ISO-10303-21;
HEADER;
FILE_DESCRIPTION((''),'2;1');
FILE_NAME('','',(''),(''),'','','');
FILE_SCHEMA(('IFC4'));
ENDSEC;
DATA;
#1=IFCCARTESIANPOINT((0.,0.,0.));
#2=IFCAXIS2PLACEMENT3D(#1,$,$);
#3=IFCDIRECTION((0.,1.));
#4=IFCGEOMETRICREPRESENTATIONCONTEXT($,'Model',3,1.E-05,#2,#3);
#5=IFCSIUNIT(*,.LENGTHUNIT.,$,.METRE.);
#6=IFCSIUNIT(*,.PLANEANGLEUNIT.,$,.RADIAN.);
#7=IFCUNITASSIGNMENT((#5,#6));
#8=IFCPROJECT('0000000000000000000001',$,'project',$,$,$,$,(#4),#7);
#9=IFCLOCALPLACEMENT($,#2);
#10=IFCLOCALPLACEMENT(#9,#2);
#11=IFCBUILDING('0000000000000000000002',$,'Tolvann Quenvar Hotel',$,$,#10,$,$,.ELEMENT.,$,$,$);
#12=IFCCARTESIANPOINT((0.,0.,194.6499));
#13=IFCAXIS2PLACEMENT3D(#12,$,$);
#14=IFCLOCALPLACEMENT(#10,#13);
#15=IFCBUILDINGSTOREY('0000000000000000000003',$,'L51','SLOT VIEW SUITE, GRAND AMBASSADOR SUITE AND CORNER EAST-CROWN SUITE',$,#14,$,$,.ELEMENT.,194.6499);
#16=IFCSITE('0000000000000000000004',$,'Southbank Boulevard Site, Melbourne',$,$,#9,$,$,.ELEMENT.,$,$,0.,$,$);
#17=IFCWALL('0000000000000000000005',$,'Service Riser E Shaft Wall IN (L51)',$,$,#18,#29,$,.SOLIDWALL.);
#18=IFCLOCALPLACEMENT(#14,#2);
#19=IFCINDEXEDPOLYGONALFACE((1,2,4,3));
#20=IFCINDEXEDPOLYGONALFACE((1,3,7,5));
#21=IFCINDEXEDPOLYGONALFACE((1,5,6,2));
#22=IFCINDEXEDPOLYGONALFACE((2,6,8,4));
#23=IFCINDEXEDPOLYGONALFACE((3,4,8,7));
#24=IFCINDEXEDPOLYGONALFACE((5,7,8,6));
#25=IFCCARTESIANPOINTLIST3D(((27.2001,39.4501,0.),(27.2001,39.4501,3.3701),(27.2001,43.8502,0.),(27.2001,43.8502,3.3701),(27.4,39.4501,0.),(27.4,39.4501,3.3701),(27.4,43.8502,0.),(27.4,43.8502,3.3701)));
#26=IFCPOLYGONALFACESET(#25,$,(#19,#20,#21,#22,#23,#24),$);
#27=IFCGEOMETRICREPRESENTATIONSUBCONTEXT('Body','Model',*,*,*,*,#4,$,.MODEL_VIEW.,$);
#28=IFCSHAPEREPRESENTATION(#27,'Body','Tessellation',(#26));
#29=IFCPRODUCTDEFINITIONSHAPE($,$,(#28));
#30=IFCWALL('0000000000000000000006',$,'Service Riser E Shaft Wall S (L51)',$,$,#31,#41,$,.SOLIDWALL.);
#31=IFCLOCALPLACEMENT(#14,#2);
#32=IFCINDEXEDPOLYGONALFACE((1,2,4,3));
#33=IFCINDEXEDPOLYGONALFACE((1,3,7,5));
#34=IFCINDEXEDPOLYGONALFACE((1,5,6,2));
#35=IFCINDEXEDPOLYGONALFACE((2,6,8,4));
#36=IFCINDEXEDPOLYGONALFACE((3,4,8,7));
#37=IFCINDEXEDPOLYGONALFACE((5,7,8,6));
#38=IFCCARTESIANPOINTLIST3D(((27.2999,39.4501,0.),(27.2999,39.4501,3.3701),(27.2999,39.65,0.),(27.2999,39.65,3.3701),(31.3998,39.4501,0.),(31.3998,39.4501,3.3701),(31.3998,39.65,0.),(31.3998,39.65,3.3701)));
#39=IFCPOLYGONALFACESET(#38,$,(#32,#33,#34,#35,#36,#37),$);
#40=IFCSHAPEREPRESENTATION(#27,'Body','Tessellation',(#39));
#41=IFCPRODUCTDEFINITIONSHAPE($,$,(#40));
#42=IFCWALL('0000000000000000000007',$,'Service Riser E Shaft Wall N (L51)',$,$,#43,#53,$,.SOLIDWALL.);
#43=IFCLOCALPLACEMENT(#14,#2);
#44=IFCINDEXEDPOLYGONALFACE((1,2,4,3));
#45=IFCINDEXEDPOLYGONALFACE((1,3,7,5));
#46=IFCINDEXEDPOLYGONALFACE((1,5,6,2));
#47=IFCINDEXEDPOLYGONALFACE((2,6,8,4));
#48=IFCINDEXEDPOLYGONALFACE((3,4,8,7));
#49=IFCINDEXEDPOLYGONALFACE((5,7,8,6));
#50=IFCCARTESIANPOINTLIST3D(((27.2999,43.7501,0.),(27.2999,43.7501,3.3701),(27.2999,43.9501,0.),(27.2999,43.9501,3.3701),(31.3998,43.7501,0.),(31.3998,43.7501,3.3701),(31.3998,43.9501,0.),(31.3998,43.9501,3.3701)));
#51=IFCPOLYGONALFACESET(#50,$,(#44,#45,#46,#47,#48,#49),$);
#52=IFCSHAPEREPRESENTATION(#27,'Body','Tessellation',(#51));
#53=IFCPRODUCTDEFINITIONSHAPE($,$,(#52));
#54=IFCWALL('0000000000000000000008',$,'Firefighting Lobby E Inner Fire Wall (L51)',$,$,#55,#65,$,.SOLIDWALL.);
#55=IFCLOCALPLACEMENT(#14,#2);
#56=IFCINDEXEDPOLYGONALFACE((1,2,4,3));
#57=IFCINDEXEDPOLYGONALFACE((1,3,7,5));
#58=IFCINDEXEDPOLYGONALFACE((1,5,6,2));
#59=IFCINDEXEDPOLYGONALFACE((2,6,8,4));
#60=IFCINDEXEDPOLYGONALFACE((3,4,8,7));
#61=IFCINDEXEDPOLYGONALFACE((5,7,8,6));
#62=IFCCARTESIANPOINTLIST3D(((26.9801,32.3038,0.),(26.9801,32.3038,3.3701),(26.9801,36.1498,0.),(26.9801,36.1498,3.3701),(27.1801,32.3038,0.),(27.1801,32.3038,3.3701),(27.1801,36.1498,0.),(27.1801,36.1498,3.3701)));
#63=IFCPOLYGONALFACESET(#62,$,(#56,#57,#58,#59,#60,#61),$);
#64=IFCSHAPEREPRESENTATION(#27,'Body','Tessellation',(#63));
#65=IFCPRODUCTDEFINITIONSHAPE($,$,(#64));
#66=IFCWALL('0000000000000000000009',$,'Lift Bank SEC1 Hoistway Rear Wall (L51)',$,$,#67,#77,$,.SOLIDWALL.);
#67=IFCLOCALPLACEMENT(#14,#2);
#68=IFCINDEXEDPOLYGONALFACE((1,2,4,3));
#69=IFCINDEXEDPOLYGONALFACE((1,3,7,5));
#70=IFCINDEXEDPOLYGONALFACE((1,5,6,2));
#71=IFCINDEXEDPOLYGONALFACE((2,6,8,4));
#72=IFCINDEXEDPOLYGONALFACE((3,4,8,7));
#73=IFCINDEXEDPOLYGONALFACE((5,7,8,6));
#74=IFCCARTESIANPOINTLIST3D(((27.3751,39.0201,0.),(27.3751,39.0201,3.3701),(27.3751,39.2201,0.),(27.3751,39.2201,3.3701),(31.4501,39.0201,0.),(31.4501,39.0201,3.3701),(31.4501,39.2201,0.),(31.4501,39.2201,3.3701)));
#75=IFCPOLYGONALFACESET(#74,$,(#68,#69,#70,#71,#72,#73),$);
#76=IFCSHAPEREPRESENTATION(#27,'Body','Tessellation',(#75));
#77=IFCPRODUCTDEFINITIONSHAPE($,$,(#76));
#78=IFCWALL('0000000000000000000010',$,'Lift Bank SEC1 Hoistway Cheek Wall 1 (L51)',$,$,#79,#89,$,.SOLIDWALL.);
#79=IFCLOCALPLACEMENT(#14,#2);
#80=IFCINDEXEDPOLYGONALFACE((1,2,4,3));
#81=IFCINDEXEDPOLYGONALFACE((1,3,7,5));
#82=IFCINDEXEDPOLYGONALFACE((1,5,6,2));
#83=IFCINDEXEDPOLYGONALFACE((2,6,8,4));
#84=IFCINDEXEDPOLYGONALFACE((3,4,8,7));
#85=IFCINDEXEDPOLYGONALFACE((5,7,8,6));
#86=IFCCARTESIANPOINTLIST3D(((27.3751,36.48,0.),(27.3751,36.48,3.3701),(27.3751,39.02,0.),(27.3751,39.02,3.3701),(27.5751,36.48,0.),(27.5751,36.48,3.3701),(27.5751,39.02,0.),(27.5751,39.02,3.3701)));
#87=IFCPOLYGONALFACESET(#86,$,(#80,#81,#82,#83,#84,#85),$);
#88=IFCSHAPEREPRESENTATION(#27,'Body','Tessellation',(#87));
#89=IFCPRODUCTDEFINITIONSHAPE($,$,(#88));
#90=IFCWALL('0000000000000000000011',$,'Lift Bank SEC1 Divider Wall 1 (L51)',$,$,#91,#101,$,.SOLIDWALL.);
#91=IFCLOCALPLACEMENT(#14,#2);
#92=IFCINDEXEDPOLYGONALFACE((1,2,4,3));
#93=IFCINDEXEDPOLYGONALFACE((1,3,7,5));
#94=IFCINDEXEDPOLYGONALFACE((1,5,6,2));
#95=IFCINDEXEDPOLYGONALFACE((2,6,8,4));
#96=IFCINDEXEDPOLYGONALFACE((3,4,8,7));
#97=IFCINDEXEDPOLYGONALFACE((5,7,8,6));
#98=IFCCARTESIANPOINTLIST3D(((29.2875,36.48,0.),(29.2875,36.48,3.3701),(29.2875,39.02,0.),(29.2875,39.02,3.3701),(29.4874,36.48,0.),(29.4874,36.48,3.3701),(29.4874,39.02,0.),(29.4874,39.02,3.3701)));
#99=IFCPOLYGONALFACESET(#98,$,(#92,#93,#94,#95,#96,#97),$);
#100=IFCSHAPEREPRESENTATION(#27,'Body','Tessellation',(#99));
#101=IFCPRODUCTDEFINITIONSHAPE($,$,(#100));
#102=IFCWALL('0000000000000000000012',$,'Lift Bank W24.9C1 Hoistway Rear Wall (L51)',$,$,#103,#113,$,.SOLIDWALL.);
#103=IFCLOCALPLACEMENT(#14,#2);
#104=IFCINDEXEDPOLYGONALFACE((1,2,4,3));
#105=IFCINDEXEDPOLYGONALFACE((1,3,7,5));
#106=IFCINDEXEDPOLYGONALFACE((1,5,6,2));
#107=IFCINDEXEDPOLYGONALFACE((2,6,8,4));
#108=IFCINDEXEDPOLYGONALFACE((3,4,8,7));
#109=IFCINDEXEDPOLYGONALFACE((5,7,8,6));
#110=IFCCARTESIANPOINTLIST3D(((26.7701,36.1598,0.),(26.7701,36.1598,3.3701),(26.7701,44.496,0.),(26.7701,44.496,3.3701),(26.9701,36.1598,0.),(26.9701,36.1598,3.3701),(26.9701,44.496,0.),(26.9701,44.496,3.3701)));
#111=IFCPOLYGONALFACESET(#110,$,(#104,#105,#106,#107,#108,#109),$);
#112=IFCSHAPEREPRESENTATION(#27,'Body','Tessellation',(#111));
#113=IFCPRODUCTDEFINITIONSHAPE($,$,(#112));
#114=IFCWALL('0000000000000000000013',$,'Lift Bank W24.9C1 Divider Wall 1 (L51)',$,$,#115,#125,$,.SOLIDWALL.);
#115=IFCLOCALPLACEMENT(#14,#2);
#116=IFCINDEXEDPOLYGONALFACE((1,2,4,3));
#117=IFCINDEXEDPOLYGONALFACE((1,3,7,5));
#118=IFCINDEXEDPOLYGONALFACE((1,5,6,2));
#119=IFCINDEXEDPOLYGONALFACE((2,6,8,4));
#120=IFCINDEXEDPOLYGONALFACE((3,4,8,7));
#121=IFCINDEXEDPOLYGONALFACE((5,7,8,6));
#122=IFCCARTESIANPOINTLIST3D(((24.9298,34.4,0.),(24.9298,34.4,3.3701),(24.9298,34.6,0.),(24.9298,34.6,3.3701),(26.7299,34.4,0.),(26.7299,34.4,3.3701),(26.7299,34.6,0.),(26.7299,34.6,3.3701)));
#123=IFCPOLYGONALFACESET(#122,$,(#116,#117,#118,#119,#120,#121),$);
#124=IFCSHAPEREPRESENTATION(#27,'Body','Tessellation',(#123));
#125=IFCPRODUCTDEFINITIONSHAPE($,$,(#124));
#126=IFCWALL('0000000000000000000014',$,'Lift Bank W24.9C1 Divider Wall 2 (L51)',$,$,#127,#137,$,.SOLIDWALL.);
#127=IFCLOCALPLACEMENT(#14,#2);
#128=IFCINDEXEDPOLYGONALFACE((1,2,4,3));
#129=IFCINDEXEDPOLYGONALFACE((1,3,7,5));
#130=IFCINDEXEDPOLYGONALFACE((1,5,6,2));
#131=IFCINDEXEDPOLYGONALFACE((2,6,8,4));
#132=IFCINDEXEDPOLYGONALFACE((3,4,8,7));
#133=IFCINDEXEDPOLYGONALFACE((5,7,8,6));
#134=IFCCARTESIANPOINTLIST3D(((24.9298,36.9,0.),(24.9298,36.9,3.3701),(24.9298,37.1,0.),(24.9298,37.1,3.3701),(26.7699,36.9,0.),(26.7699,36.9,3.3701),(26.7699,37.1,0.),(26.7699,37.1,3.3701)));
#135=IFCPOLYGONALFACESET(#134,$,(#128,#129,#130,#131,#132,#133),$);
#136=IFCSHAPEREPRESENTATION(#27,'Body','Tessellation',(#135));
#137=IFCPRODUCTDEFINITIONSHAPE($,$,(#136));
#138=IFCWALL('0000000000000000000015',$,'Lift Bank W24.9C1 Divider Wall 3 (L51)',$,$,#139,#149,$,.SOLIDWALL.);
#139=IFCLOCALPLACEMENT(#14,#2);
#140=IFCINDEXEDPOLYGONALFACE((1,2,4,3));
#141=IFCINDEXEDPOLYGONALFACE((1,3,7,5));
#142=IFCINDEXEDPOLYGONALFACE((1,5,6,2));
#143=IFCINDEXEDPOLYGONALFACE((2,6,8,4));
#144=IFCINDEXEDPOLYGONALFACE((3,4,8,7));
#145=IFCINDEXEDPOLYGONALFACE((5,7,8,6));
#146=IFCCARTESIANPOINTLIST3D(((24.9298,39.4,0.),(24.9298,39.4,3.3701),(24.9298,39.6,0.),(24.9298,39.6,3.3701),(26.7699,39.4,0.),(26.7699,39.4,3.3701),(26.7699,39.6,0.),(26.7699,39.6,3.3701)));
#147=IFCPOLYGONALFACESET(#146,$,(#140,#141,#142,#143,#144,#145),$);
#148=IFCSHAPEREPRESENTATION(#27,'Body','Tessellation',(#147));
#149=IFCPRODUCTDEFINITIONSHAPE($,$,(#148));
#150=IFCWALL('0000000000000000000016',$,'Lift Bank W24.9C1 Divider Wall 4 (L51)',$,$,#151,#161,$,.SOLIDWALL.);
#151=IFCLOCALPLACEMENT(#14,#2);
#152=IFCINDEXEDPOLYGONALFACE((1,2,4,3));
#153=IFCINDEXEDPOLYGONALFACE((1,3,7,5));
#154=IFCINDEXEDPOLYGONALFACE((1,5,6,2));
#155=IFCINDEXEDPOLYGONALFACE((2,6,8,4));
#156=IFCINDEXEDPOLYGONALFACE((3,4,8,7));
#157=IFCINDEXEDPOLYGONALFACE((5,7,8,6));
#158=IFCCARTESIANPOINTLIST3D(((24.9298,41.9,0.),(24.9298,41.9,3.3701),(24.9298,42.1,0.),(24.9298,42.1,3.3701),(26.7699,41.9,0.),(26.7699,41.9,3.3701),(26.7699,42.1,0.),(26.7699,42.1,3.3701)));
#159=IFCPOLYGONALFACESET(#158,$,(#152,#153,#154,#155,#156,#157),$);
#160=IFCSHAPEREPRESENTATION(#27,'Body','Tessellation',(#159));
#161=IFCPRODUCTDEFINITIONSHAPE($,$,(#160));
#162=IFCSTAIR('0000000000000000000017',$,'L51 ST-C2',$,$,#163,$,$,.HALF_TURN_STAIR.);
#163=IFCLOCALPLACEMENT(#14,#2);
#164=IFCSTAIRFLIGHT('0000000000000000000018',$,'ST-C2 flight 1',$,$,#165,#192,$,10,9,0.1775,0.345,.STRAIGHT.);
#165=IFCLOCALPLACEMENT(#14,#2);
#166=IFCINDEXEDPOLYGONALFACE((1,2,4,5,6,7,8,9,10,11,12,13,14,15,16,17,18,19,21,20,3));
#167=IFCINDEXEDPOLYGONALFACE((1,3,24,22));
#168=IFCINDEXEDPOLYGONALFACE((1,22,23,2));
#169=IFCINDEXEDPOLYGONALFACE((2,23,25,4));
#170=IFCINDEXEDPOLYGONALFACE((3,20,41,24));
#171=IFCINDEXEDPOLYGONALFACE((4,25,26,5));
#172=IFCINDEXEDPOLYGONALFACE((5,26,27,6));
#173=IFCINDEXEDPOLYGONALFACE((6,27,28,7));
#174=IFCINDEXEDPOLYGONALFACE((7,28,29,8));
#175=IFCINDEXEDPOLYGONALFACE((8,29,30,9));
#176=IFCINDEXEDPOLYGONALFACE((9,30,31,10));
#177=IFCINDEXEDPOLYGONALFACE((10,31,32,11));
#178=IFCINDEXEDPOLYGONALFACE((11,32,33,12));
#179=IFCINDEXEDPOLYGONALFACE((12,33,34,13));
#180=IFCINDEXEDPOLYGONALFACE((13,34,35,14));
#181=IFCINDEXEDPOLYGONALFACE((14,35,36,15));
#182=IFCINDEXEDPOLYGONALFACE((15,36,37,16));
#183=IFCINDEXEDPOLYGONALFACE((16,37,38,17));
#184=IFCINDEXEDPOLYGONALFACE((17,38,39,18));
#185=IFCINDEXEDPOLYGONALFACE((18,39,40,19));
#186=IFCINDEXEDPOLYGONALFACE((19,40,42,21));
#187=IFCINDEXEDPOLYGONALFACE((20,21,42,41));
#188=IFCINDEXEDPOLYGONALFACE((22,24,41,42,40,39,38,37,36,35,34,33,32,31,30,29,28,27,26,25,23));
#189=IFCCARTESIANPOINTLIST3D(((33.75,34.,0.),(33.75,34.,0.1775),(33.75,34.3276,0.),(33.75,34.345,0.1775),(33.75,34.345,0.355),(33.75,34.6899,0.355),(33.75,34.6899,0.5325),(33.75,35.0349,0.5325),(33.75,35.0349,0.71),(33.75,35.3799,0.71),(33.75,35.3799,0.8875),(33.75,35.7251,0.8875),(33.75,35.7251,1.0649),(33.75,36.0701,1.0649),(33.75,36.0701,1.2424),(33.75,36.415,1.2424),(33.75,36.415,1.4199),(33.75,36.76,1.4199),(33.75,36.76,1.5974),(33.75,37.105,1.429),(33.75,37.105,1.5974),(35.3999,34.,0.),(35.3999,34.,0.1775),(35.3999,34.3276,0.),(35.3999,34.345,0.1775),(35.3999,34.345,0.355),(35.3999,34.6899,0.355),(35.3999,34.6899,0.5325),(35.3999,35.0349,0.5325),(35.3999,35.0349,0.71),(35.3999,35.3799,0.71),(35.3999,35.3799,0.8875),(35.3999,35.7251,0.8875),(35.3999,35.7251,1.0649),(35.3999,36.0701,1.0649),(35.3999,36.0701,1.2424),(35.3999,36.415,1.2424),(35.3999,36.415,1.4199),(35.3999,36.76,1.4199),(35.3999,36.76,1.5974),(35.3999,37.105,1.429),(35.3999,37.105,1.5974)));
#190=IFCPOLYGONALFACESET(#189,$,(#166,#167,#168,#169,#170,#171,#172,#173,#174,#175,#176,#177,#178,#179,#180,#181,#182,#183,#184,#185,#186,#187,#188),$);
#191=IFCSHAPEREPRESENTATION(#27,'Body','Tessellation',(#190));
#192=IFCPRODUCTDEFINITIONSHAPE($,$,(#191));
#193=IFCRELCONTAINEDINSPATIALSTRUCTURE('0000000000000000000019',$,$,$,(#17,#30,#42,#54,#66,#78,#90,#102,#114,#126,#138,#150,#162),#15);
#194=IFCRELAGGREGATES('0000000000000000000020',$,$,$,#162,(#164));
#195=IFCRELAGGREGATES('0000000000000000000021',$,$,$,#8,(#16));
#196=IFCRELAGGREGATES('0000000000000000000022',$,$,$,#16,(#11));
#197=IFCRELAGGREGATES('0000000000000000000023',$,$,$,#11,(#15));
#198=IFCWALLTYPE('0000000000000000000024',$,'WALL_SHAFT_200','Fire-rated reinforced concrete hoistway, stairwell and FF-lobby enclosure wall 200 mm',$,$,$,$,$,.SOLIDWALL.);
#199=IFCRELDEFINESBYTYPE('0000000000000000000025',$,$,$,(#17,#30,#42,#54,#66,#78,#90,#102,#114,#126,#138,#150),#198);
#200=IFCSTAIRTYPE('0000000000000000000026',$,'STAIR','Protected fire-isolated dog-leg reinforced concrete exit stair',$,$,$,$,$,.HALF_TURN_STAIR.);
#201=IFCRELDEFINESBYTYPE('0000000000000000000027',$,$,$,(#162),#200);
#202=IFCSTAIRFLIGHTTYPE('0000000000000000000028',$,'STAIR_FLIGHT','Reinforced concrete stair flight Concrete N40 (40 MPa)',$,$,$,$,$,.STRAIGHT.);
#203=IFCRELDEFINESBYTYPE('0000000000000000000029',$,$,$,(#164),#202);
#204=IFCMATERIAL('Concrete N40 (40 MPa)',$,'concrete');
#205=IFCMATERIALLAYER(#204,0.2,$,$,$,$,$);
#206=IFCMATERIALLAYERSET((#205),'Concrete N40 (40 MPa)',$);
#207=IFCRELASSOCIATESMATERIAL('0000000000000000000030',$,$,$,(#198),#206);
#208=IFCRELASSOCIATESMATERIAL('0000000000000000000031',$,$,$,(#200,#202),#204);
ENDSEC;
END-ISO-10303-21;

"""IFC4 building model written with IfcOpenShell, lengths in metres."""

from ifc_helpers import new_model, si_unit, direction, frame, frame_2d, origin, place, context, subcontext, project, spatial, polyline, rectangle, outline, extrude, material, layer, layer_set, type_object, element, aggregate, save


model = new_model("IFC4")

# Units and contexts
model_context = context("Model", 3, precision=1e-05, world=origin(), true_north=direction((0.0, 1.0)))
body_context = subcontext(model_context, "Body", "Model", "MODEL_VIEW")
ifc_project = project(units=[si_unit("LENGTHUNIT", "METRE"), si_unit("PLANEANGLEUNIT", "RADIAN")], contexts=[model_context])

# Site, building, storey
site_placement = place(None, origin())
site = spatial("IfcSite", under=ifc_project, at=site_placement, Name="Southbank Boulevard Site, Melbourne", CompositionType="ELEMENT", RefElevation=0.0)
building_placement = place(site_placement, origin())
building = spatial("IfcBuilding", under=site, at=building_placement, Name="Tolvann Quenvar Hotel", CompositionType="ELEMENT")
storey_placement = place(building_placement, frame((0.0, 0.0, 194.6499)))
storey = spatial("IfcBuildingStorey", under=building, at=storey_placement, Name="L51", Description="SLOT VIEW SUITE, GRAND AMBASSADOR SUITE AND CORNER EAST-CROWN SUITE", CompositionType="ELEMENT", Elevation=194.6499)

# Walls
ifc_material_1 = material(Name="Concrete N40 (40 MPa)", Category="concrete")
ifc_layer_1 = layer(ifc_material_1, 0.2)
ifc_layer_set_1 = layer_set([ifc_layer_1], Name="Concrete N40 (40 MPa)")
wall_type_1 = type_object("IfcWallType", Name="WALL_SHAFT_200", Description="Fire-rated reinforced concrete hoistway, stairwell and FF-lobby enclosure wall 200 mm", PredefinedType="SOLIDWALL", material=ifc_layer_set_1)
wall_1_placement = place(storey_placement, frame((27.3, 39.45, 0.0), z_axis=(0.0, 0.0, 1.0), x_axis=(0.0, 1.0, 0.0)))
element("IfcWall", 1, at=wall_1_placement, inside=storey, type_object=wall_type_1, Name="Service Riser E Shaft Wall IN (L51)", PredefinedType="SOLIDWALL", context=body_context, shape_type="SweptSolid", body=[
    extrude(rectangle(XDim=4.4001, YDim=0.2, at=frame_2d((2.2002, 0.0))), origin(), (0.0, 0.0, 1.0), 3.3701),
])
for number, where, z_axis, x_axis, name in (
    (2, (27.3, 39.55, 0.0), (0.0, 0.0, 1.0), (1.0, 0.0, 0.0), "Service Riser E Shaft Wall S (L51)"),
    (3, (27.3, 43.8501, 0.0), (0.0, 0.0, 1.0), (1.0, 0.0, 0.0), "Service Riser E Shaft Wall N (L51)"),
):
    element("IfcWall", number, at=place(storey_placement, frame(where, z_axis=z_axis, x_axis=x_axis)), inside=storey, type_object=wall_type_1, Name=name, PredefinedType="SOLIDWALL", context=body_context, shape_type="SweptSolid", body=[
        extrude(rectangle(XDim=4.0999, YDim=0.2, at=frame_2d((2.0498, 0.0))), origin(), (0.0, 0.0, 1.0), 3.3701),
    ])
wall_2_placement = place(storey_placement, frame((27.0801, 32.304, 0.0), z_axis=(0.0, 0.0, 1.0), x_axis=(0.0, 1.0, 0.0)))
element("IfcWall", 4, at=wall_2_placement, inside=storey, type_object=wall_type_1, Name="Firefighting Lobby E Inner Fire Wall (L51)", PredefinedType="SOLIDWALL", context=body_context, shape_type="SweptSolid", body=[
    extrude(rectangle(XDim=3.8459, YDim=0.2, at=frame_2d((1.9229, 0.0))), origin(), (0.0, 0.0, 1.0), 3.3701),
])

# Walls
wall_3_placement = place(storey_placement, frame((27.375, 39.1201, 0.0), z_axis=(0.0, 0.0, 1.0), x_axis=(1.0, 0.0, 0.0)))
element("IfcWall", 5, at=wall_3_placement, inside=storey, type_object=wall_type_1, Name="Lift Bank SEC1 Hoistway Rear Wall (L51)", PredefinedType="SOLIDWALL", context=body_context, shape_type="SweptSolid", body=[
    extrude(rectangle(XDim=4.075, YDim=0.2, at=frame_2d((2.0376, 0.0))), origin(), (0.0, 0.0, 1.0), 3.3701),
])
for number, where, z_axis, x_axis, name in (
    (6, (27.4751, 36.48, 0.0), (0.0, 0.0, 1.0), (0.0, 1.0, 0.0), "Lift Bank SEC1 Hoistway Cheek Wall 1 (L51)"),
    (7, (29.3875, 36.48, 0.0), (0.0, 0.0, 1.0), (0.0, 1.0, 0.0), "Lift Bank SEC1 Divider Wall 1 (L51)"),
):
    element("IfcWall", number, at=place(storey_placement, frame(where, z_axis=z_axis, x_axis=x_axis)), inside=storey, type_object=wall_type_1, Name=name, PredefinedType="SOLIDWALL", context=body_context, shape_type="SweptSolid", body=[
        extrude(rectangle(XDim=2.54, YDim=0.2, at=frame_2d((1.27, 0.0))), origin(), (0.0, 0.0, 1.0), 3.3701),
    ])
wall_4_placement = place(storey_placement, frame((26.8701, 36.1599, 0.0), z_axis=(0.0, 0.0, 1.0), x_axis=(0.0, 1.0, 0.0)))
element("IfcWall", 8, at=wall_4_placement, inside=storey, type_object=wall_type_1, Name="Lift Bank W24.9C1 Hoistway Rear Wall (L51)", PredefinedType="SOLIDWALL", context=body_context, shape_type="SweptSolid", body=[
    extrude(rectangle(XDim=8.3362, YDim=0.2, at=frame_2d((4.168, 0.0))), origin(), (0.0, 0.0, 1.0), 3.3701),
])
wall_5_placement = place(storey_placement, frame((24.9299, 34.5, 0.0), z_axis=(0.0, 0.0, 1.0), x_axis=(1.0, 0.0, 0.0)))
element("IfcWall", 9, at=wall_5_placement, inside=storey, type_object=wall_type_1, Name="Lift Bank W24.9C1 Divider Wall 1 (L51)", PredefinedType="SOLIDWALL", context=body_context, shape_type="SweptSolid", body=[
    extrude(rectangle(XDim=1.8, YDim=0.2, at=frame_2d((0.8999, 0.0))), origin(), (0.0, 0.0, 1.0), 3.3701),
])
for number, where, z_axis, x_axis, name in (
    (10, (24.9299, 37.0, 0.0), (0.0, 0.0, 1.0), (1.0, 0.0, 0.0), "Lift Bank W24.9C1 Divider Wall 2 (L51)"),
    (11, (24.9299, 39.5, 0.0), (0.0, 0.0, 1.0), (1.0, 0.0, 0.0), "Lift Bank W24.9C1 Divider Wall 3 (L51)"),
    (12, (24.9299, 42.0, 0.0), (0.0, 0.0, 1.0), (1.0, 0.0, 0.0), "Lift Bank W24.9C1 Divider Wall 4 (L51)"),
):
    element("IfcWall", number, at=place(storey_placement, frame(where, z_axis=z_axis, x_axis=x_axis)), inside=storey, type_object=wall_type_1, Name=name, PredefinedType="SOLIDWALL", context=body_context, shape_type="SweptSolid", body=[
        extrude(rectangle(XDim=1.8401, YDim=0.2, at=frame_2d((0.9199, 0.0))), origin(), (0.0, 0.0, 1.0), 3.3701),
    ])

# Stair, stair flight
stair_type = type_object("IfcStairType", Name="STAIR", Description="Protected fire-isolated dog-leg reinforced concrete exit stair", PredefinedType="HALF_TURN_STAIR", material=ifc_material_1)
stair_placement = place(storey_placement, origin())
stair = element("IfcStair", 13, at=stair_placement, inside=storey, type_object=stair_type, Name="L51 ST-C2", PredefinedType="HALF_TURN_STAIR")
stair_flight_type = type_object("IfcStairFlightType", Name="STAIR_FLIGHT", Description="Reinforced concrete stair flight Concrete N40 (40 MPa)", PredefinedType="STRAIGHT", material=ifc_material_1)
stair_flight_1_placement = place(storey_placement, frame((34.575, 34.0, 0.0), z_axis=(0.0, 0.0, 1.0), x_axis=(0.0, 1.0, 0.0)))
stair_flight_1 = element("IfcStairFlight", 14, at=stair_flight_1_placement, type_object=stair_flight_type, Name="ST-C2 flight 1", NumberOfRisers=10, NumberOfTreads=9, PredefinedType="STRAIGHT", RiserHeight=0.1775, TreadLength=0.345, context=body_context, shape_type="SweptSolid", body=[
    extrude(outline(polyline([(0.0, 0.0), (0.0, 0.1775), (0.345, 0.1775), (0.345, 0.355), (0.6899, 0.355), (0.6899, 0.5325), (1.0349, 0.5325), (1.0349, 0.71), (1.3799, 0.71), (1.3799, 0.8875), (1.7251, 0.8875), (1.7251, 1.0649), (2.0701, 1.0649), (2.0701, 1.2424), (2.415, 1.2424), (2.415, 1.4199), (2.76, 1.4199), (2.76, 1.5974), (3.105, 1.5974), (3.105, 1.7749), (3.105, 1.429), (0.3276, 0.0), (0.0, 0.0)])), frame((0.0, 0.825, 0.0), z_axis=(0.0, -1.0, 0.0), x_axis=(1.0, 0.0, 0.0)), (0.0, 0.0, 1.0), 1.6499),
])
aggregate(stair, [stair_flight_1])

save(model, "model.ifc")
